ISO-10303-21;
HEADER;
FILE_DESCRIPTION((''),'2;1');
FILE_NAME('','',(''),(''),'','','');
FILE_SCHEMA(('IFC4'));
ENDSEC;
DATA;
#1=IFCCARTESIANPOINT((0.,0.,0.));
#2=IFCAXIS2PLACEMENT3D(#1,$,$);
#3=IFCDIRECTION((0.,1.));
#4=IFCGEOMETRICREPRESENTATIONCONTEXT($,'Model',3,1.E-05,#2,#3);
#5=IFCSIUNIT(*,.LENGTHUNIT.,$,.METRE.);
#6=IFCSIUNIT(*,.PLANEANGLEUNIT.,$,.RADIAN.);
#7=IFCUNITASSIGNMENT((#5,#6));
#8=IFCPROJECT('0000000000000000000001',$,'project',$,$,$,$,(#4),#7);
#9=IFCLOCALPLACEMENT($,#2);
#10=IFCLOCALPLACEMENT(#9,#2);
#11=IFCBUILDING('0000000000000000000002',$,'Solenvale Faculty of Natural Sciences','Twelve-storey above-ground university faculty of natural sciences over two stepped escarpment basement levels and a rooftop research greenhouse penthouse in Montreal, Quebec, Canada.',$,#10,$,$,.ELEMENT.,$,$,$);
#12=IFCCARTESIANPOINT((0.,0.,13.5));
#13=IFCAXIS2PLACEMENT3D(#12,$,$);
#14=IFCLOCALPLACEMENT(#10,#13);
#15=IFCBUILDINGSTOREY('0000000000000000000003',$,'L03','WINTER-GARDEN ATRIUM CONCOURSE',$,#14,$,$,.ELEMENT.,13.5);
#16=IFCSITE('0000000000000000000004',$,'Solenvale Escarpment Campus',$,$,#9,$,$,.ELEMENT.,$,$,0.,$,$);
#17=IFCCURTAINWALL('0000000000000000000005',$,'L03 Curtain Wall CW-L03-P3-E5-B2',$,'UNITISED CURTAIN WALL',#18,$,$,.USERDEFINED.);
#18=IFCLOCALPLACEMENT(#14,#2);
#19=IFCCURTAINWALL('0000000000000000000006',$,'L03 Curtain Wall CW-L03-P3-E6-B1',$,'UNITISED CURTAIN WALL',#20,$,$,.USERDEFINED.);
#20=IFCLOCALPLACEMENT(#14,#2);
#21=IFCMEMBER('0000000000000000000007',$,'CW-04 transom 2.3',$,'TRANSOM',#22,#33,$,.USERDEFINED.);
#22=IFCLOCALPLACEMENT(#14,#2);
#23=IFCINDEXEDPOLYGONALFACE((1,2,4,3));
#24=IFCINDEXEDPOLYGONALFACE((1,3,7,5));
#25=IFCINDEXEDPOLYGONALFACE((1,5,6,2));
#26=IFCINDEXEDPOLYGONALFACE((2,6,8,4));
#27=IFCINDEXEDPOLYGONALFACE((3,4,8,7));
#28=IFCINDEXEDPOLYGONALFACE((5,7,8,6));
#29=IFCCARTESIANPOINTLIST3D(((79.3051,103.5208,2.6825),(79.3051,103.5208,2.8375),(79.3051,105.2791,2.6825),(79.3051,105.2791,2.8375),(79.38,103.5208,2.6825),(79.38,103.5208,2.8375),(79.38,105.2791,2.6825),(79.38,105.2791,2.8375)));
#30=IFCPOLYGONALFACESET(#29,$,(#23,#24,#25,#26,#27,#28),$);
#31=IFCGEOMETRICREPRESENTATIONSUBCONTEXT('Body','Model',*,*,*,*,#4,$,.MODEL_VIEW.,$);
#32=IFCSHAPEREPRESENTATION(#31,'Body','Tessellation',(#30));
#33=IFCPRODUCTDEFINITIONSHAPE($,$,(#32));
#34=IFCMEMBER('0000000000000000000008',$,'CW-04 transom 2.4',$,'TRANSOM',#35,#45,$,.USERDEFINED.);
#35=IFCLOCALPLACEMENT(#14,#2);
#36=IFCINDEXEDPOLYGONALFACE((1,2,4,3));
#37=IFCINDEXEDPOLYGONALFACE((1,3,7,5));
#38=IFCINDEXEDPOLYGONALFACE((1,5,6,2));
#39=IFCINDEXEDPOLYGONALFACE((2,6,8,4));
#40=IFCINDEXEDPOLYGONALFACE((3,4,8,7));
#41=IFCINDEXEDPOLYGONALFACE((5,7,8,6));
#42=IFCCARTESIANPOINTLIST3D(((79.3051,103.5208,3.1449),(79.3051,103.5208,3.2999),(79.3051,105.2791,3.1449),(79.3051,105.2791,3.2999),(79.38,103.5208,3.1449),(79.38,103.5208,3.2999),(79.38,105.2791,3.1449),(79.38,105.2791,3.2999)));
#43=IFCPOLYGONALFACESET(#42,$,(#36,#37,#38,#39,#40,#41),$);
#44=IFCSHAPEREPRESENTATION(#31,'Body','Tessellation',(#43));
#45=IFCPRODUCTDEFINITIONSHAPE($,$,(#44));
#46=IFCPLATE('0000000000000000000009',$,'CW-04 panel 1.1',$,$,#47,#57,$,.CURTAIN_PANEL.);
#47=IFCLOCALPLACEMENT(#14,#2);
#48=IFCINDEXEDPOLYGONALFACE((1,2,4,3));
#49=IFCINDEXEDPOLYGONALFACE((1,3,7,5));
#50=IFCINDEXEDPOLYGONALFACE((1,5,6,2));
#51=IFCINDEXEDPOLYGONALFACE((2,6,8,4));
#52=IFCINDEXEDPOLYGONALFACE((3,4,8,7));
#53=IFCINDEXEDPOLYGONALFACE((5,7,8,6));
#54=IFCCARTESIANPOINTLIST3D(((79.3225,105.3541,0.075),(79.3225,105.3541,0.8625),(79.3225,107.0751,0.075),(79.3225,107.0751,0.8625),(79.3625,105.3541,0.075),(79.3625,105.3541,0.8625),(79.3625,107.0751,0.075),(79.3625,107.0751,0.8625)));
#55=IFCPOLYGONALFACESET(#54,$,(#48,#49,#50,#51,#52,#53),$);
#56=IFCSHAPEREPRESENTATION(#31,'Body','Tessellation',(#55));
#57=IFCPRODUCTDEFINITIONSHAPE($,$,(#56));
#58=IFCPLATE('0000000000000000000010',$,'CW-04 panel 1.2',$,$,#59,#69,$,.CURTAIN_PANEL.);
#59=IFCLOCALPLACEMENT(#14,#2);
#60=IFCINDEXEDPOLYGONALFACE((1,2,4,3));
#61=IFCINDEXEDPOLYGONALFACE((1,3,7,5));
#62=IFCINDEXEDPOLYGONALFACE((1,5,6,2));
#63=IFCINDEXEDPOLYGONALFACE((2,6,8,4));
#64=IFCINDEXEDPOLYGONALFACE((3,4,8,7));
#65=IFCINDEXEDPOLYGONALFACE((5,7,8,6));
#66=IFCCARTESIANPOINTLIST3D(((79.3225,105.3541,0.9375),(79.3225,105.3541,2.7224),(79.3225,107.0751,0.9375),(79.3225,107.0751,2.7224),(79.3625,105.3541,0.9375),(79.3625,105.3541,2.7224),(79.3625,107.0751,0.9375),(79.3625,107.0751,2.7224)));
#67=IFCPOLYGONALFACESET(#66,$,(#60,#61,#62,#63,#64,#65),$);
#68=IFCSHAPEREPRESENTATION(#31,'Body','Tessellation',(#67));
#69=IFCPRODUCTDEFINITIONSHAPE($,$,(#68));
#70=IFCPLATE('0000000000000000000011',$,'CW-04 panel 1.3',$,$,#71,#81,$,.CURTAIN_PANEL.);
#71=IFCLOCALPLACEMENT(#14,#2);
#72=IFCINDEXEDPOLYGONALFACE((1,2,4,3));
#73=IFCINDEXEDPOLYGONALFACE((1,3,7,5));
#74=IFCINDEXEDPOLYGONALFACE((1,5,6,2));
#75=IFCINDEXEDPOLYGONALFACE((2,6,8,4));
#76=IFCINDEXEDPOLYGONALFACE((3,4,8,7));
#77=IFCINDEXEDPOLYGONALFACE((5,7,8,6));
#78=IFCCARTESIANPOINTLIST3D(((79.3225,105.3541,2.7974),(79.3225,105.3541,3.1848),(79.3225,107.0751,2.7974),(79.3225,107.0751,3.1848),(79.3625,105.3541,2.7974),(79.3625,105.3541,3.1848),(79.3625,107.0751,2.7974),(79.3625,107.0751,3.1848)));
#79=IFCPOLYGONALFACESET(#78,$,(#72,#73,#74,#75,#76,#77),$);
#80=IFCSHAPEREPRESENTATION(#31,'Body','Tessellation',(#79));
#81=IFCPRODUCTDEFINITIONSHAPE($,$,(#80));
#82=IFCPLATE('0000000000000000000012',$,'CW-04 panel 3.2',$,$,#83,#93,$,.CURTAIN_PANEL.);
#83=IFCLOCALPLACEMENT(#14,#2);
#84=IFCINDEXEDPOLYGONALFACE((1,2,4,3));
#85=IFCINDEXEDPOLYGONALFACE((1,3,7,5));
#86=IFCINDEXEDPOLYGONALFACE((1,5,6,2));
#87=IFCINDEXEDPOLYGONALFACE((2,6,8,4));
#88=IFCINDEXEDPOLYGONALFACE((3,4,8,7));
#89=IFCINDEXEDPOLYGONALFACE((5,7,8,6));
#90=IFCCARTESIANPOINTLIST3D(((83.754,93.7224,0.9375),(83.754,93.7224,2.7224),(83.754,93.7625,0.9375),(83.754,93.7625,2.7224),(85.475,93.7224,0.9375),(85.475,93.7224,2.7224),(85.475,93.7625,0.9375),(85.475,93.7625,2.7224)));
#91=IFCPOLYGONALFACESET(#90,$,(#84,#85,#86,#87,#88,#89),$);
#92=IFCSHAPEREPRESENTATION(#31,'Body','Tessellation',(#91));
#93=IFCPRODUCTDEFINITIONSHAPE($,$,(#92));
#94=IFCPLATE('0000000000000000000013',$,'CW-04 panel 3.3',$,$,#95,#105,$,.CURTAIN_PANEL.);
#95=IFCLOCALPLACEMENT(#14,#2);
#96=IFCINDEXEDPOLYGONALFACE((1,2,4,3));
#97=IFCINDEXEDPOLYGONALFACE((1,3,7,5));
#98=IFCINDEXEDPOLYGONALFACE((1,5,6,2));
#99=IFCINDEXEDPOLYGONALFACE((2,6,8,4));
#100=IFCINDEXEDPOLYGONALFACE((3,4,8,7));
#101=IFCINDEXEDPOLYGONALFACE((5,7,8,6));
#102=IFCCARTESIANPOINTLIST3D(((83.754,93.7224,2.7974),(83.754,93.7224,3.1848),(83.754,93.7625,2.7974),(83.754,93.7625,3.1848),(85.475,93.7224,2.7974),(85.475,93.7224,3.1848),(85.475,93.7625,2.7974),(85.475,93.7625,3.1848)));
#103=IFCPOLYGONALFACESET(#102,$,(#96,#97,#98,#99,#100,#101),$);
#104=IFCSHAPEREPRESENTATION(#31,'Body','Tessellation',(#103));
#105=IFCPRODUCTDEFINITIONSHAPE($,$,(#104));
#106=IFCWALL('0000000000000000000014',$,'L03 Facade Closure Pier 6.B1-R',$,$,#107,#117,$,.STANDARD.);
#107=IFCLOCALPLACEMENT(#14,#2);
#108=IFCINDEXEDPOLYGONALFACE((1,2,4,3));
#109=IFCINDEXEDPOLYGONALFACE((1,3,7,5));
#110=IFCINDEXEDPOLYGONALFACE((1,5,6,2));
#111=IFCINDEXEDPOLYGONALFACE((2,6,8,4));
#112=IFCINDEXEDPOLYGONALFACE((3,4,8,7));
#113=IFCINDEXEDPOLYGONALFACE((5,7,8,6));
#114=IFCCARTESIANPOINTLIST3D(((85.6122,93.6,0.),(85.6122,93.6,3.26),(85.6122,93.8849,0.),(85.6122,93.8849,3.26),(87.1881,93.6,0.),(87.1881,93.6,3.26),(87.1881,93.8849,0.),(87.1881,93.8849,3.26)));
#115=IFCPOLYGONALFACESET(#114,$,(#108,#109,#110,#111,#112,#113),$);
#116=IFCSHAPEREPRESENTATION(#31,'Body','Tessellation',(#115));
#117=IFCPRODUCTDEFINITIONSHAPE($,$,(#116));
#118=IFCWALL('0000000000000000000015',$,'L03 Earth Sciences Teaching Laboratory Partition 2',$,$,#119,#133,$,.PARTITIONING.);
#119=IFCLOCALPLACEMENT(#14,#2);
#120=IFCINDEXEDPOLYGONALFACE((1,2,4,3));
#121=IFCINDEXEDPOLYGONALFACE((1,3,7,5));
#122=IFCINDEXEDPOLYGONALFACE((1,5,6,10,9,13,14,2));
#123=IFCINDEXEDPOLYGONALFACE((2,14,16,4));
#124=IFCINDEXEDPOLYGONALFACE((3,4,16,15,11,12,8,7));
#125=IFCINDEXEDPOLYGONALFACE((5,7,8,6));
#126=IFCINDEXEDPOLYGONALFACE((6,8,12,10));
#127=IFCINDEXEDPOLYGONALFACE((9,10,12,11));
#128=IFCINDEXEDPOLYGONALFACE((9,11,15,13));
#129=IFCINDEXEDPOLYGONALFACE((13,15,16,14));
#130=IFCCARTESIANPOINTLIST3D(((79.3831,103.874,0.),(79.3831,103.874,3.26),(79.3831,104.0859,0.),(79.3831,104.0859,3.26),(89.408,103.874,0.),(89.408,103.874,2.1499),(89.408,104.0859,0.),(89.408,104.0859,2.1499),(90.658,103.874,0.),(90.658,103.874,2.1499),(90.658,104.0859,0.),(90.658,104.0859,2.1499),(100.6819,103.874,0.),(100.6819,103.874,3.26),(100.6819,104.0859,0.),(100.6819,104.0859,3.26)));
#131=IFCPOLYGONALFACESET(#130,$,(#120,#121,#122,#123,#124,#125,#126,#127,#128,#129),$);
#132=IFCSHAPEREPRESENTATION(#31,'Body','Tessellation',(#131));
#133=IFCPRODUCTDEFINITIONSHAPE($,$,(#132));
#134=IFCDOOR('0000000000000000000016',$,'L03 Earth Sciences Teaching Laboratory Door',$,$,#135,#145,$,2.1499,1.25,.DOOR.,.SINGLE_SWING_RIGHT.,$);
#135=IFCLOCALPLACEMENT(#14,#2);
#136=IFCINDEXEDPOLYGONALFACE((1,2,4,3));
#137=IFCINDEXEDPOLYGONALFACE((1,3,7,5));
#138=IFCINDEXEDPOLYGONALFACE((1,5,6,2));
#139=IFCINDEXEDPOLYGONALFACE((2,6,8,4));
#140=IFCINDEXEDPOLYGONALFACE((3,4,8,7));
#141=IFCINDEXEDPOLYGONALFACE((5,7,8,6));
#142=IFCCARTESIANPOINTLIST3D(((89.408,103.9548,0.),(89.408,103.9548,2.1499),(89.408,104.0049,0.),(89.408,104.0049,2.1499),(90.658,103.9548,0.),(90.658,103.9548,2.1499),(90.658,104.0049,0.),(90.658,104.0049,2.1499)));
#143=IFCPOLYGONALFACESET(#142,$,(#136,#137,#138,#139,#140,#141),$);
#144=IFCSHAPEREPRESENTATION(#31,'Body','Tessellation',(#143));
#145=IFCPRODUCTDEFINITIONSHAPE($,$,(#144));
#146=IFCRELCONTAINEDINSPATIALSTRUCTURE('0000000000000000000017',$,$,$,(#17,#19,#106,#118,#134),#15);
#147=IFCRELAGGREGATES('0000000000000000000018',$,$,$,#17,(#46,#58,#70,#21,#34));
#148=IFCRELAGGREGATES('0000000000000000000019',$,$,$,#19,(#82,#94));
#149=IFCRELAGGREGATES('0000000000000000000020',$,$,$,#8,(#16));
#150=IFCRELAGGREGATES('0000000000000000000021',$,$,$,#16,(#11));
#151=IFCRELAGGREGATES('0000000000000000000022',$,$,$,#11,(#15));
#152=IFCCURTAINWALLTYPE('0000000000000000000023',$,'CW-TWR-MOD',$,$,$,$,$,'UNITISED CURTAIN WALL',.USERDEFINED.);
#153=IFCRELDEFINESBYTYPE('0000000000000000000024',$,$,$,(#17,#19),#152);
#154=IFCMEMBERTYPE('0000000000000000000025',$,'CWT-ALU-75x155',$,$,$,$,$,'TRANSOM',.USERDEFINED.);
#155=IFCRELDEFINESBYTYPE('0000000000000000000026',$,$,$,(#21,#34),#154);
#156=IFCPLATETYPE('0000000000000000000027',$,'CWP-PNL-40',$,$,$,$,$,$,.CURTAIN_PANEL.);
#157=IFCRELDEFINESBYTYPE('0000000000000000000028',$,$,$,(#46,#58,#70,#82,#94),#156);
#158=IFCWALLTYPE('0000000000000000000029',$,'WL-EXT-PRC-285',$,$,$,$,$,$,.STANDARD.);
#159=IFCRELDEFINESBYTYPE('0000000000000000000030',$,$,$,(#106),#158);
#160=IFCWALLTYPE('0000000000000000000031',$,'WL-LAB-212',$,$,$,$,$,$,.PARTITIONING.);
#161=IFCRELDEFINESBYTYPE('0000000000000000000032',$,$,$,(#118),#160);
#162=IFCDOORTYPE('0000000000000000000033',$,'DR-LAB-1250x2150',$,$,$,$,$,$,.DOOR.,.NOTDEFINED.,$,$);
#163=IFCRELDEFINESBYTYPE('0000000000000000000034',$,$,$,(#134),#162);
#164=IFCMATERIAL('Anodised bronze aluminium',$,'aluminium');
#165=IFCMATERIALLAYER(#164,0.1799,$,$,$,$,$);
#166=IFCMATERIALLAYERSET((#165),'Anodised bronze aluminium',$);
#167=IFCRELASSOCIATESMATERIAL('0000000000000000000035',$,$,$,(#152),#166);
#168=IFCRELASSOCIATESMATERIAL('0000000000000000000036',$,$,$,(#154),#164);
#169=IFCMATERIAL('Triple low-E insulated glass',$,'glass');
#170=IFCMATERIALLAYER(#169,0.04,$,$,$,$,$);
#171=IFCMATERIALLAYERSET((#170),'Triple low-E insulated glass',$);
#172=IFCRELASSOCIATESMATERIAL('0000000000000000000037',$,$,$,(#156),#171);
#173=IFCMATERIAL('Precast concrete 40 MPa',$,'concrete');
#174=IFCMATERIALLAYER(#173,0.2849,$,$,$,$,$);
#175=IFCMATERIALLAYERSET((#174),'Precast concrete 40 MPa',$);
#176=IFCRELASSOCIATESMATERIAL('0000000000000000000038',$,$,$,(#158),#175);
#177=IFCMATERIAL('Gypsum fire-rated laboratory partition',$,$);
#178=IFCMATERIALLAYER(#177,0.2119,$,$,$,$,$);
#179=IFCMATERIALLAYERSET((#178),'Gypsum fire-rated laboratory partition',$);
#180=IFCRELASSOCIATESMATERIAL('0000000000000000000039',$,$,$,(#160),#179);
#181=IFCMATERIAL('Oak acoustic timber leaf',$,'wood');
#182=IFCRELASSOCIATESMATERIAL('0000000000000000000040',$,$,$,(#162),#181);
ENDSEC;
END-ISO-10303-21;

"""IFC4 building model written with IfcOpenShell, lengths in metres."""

from ifc_helpers import new_model, si_unit, direction, frame, frame_2d, origin, origin_2d, place, context, subcontext, project, spatial, rectangle, extrude, material, layer, layer_set, material_profile, profile_set, type_object, element, fill, aggregate, save


model = new_model("IFC4")

# Units and contexts
model_context = context("Model", 3, precision=1e-05, world=origin(), true_north=direction((0.0, 1.0)))
body_context = subcontext(model_context, "Body", "Model", "MODEL_VIEW")
ifc_project = project(units=[si_unit("LENGTHUNIT", "METRE"), si_unit("PLANEANGLEUNIT", "RADIAN")], contexts=[model_context])

# Site, building, storey
site_placement = place(None, origin())
site = spatial("IfcSite", under=ifc_project, at=site_placement, Name="Solenvale Escarpment Campus", CompositionType="ELEMENT", RefElevation=0.0)
building_placement = place(site_placement, origin())
building = spatial("IfcBuilding", under=site, at=building_placement, Name="Solenvale Faculty of Natural Sciences", Description="Twelve-storey above-ground university faculty of natural sciences over two stepped escarpment basement levels and a rooftop research greenhouse penthouse in Montreal, Quebec, Canada.", CompositionType="ELEMENT")
storey_placement = place(building_placement, frame((0.0, 0.0, 13.5)))
storey = spatial("IfcBuildingStorey", under=building, at=storey_placement, Name="L03", Description="WINTER-GARDEN ATRIUM CONCOURSE", CompositionType="ELEMENT", Elevation=13.5)

# Curtain wall
ifc_material_1 = material(Name="Anodised bronze aluminium", Category="aluminium")
ifc_layer_1 = layer(ifc_material_1, 0.1799)
ifc_layer_set_1 = layer_set([ifc_layer_1], Name="Anodised bronze aluminium")
curtain_wall_type = type_object("IfcCurtainWallType", Name="CW-TWR-MOD", ElementType="UNITISED CURTAIN WALL", PredefinedType="USERDEFINED", material=ifc_layer_set_1)
curtain_wall_1_placement = place(storey_placement, origin())
curtain_wall_1 = element("IfcCurtainWall", 1, at=curtain_wall_1_placement, inside=storey, type_object=curtain_wall_type, Name="L03 Curtain Wall CW-L03-P3-E5-B2", ObjectType="UNITISED CURTAIN WALL", PredefinedType="USERDEFINED")

# Curtain wall
curtain_wall_2_placement = place(storey_placement, origin())
curtain_wall_2 = element("IfcCurtainWall", 2, at=curtain_wall_2_placement, inside=storey, type_object=curtain_wall_type, Name="L03 Curtain Wall CW-L03-P3-E6-B1", ObjectType="UNITISED CURTAIN WALL", PredefinedType="USERDEFINED")

# Members
ifc_material_profile_1 = material_profile(ifc_material_1, rectangle(XDim=0.075, YDim=0.155, at=origin_2d()), Name="ALU-TRN-75x155")
ifc_profile_set_1 = profile_set([ifc_material_profile_1], Name="Anodised bronze aluminium")
member_type_1 = type_object("IfcMemberType", Name="CWT-ALU-75x155", ElementType="TRANSOM", PredefinedType="USERDEFINED", material=ifc_profile_set_1)
member_1_placement = place(storey_placement, frame((79.3425, 105.2791, 2.76), z_axis=(0.0, -1.0, 0.0), x_axis=(1.0, 0.0, 0.0)))
member_1 = element("IfcMember", 3, at=member_1_placement, type_object=member_type_1, Name="CW-04 transom 2.3", ObjectType="TRANSOM", PredefinedType="USERDEFINED", context=body_context, shape_type="SweptSolid", body=[
    extrude(rectangle(XDim=0.075, YDim=0.155, at=origin_2d()), origin(), (0.0, 0.0, 1.0), 1.7583),
])
member_2_placement = place(storey_placement, frame((79.3425, 105.2791, 3.2224), z_axis=(0.0, -1.0, 0.0), x_axis=(1.0, 0.0, 0.0)))
member_2 = element("IfcMember", 4, at=member_2_placement, type_object=member_type_1, Name="CW-04 transom 2.4", ObjectType="TRANSOM", PredefinedType="USERDEFINED", context=body_context, shape_type="SweptSolid", body=[
    extrude(rectangle(XDim=0.075, YDim=0.155, at=origin_2d()), origin(), (0.0, 0.0, 1.0), 1.7583),
])

# Plates
ifc_material_2 = material(Name="Triple low-E insulated glass", Category="glass")
ifc_layer_2 = layer(ifc_material_2, 0.04)
ifc_layer_set_2 = layer_set([ifc_layer_2], Name="Triple low-E insulated glass")
plate_type = type_object("IfcPlateType", Name="CWP-PNL-40", PredefinedType="CURTAIN_PANEL", material=ifc_layer_set_2)
plate_1_placement = place(storey_placement, frame((79.3425, 106.2146, 0.075), z_axis=(0.0, 0.0, 1.0), x_axis=(0.0, -1.0, 0.0)))
plate_1 = element("IfcPlate", 5, at=plate_1_placement, type_object=plate_type, Name="CW-04 panel 1.1", PredefinedType="CURTAIN_PANEL", context=body_context, shape_type="SweptSolid", body=[
    extrude(rectangle(XDim=1.7209, YDim=0.04, at=origin_2d()), origin(), (0.0, 0.0, 1.0), 0.7876),
])
plate_2_placement = place(storey_placement, frame((79.3425, 106.2146, 0.9375), z_axis=(0.0, 0.0, 1.0), x_axis=(0.0, -1.0, 0.0)))
plate_2 = element("IfcPlate", 6, at=plate_2_placement, type_object=plate_type, Name="CW-04 panel 1.2", PredefinedType="CURTAIN_PANEL", context=body_context, shape_type="SweptSolid", body=[
    extrude(rectangle(XDim=1.7209, YDim=0.04, at=origin_2d()), origin(), (0.0, 0.0, 1.0), 1.7849),
])
plate_3_placement = place(storey_placement, frame((79.3425, 106.2146, 2.7974), z_axis=(0.0, 0.0, 1.0), x_axis=(0.0, -1.0, 0.0)))
plate_3 = element("IfcPlate", 7, at=plate_3_placement, type_object=plate_type, Name="CW-04 panel 1.3", PredefinedType="CURTAIN_PANEL", context=body_context, shape_type="SweptSolid", body=[
    extrude(rectangle(XDim=1.7209, YDim=0.04, at=origin_2d()), origin(), (0.0, 0.0, 1.0), 0.3875),
])
aggregate(curtain_wall_1, [plate_1, plate_2, plate_3, member_1, member_2])
plate_4_placement = place(storey_placement, frame((84.6145, 93.7424, 0.9375), z_axis=(0.0, 0.0, 1.0), x_axis=(1.0, 0.0, 0.0)))
plate_4 = element("IfcPlate", 8, at=plate_4_placement, type_object=plate_type, Name="CW-04 panel 3.2", PredefinedType="CURTAIN_PANEL", context=body_context, shape_type="SweptSolid", body=[
    extrude(rectangle(XDim=1.7209, YDim=0.04, at=origin_2d()), origin(), (0.0, 0.0, 1.0), 1.7849),
])
plate_5_placement = place(storey_placement, frame((84.6145, 93.7424, 2.7974), z_axis=(0.0, 0.0, 1.0), x_axis=(1.0, 0.0, 0.0)))
plate_5 = element("IfcPlate", 9, at=plate_5_placement, type_object=plate_type, Name="CW-04 panel 3.3", PredefinedType="CURTAIN_PANEL", context=body_context, shape_type="SweptSolid", body=[
    extrude(rectangle(XDim=1.7209, YDim=0.04, at=origin_2d()), origin(), (0.0, 0.0, 1.0), 0.3875),
])
aggregate(curtain_wall_2, [plate_4, plate_5])

# Wall
ifc_material_3 = material(Name="Precast concrete 40 MPa", Category="concrete")
ifc_layer_3 = layer(ifc_material_3, 0.2849)
ifc_layer_set_3 = layer_set([ifc_layer_3], Name="Precast concrete 40 MPa")
wall_type_1 = type_object("IfcWallType", Name="WL-EXT-PRC-285", PredefinedType="STANDARD", material=ifc_layer_set_3)
wall_1_placement = place(storey_placement, frame((85.6121, 93.7424, 0.0), z_axis=(0.0, 0.0, 1.0), x_axis=(1.0, 0.0, 0.0)))
element("IfcWall", 10, at=wall_1_placement, inside=storey, type_object=wall_type_1, Name="L03 Facade Closure Pier 6.B1-R", PredefinedType="STANDARD", context=body_context, shape_type="SweptSolid", body=[
    extrude(rectangle(XDim=1.5759, YDim=0.2849, at=frame_2d((0.7881, 0.0))), origin(), (0.0, 0.0, 1.0), 3.26),
])

# Wall, opening, door
ifc_material_4 = material(Name="Gypsum fire-rated laboratory partition")
ifc_layer_4 = layer(ifc_material_4, 0.2119)
ifc_layer_set_4 = layer_set([ifc_layer_4], Name="Gypsum fire-rated laboratory partition")
wall_type_2 = type_object("IfcWallType", Name="WL-LAB-212", PredefinedType="PARTITIONING", material=ifc_layer_set_4)
wall_2_placement = place(storey_placement, frame((79.3831, 103.98, 0.0), z_axis=(0.0, 0.0, 1.0), x_axis=(1.0, 0.0, 0.0)))
wall_2 = element("IfcWall", 11, at=wall_2_placement, inside=storey, type_object=wall_type_2, Name="L03 Earth Sciences Teaching Laboratory Partition 2", PredefinedType="PARTITIONING", context=body_context, shape_type="SweptSolid", body=[
    extrude(rectangle(XDim=21.2988, YDim=0.2119, at=frame_2d((10.6494, 0.0))), origin(), (0.0, 0.0, 1.0), 3.26),
])
opening_placement = place(wall_2_placement, frame((10.0249, 0.0, 0.0)))
opening = element("IfcOpeningElement", 12, at=opening_placement, cuts=wall_2, PredefinedType="OPENING", context=body_context, shape_type="SweptSolid", body=[
    extrude(rectangle(XDim=1.25, YDim=2.1499, at=frame_2d((0.625, 1.075))), frame((0.0, 0.116, 0.0), z_axis=(0.0, -1.0, 0.0), x_axis=(1.0, 0.0, 0.0)), (0.0, 0.0, 1.0), 0.2319),
])
ifc_material_5 = material(Name="Oak acoustic timber leaf", Category="wood")
door_type = type_object("IfcDoorType", Name="DR-LAB-1250x2150", OperationType="NOTDEFINED", PredefinedType="DOOR", material=ifc_material_5)
door_placement = place(opening_placement, origin())
door = element("IfcDoor", 13, at=door_placement, inside=storey, type_object=door_type, Name="L03 Earth Sciences Teaching Laboratory Door", OperationType="SINGLE_SWING_RIGHT", OverallHeight=2.1499, OverallWidth=1.25, PredefinedType="DOOR", context=body_context, shape_type="SweptSolid", body=[
    extrude(rectangle(XDim=1.25, YDim=2.1499, at=frame_2d((0.625, 1.075))), frame((0.0, 0.0249, 0.0), z_axis=(0.0, -1.0, 0.0), x_axis=(1.0, 0.0, 0.0)), (0.0, 0.0, 1.0), 0.05),
])
fill(opening, door)

save(model, "model.ifc")
